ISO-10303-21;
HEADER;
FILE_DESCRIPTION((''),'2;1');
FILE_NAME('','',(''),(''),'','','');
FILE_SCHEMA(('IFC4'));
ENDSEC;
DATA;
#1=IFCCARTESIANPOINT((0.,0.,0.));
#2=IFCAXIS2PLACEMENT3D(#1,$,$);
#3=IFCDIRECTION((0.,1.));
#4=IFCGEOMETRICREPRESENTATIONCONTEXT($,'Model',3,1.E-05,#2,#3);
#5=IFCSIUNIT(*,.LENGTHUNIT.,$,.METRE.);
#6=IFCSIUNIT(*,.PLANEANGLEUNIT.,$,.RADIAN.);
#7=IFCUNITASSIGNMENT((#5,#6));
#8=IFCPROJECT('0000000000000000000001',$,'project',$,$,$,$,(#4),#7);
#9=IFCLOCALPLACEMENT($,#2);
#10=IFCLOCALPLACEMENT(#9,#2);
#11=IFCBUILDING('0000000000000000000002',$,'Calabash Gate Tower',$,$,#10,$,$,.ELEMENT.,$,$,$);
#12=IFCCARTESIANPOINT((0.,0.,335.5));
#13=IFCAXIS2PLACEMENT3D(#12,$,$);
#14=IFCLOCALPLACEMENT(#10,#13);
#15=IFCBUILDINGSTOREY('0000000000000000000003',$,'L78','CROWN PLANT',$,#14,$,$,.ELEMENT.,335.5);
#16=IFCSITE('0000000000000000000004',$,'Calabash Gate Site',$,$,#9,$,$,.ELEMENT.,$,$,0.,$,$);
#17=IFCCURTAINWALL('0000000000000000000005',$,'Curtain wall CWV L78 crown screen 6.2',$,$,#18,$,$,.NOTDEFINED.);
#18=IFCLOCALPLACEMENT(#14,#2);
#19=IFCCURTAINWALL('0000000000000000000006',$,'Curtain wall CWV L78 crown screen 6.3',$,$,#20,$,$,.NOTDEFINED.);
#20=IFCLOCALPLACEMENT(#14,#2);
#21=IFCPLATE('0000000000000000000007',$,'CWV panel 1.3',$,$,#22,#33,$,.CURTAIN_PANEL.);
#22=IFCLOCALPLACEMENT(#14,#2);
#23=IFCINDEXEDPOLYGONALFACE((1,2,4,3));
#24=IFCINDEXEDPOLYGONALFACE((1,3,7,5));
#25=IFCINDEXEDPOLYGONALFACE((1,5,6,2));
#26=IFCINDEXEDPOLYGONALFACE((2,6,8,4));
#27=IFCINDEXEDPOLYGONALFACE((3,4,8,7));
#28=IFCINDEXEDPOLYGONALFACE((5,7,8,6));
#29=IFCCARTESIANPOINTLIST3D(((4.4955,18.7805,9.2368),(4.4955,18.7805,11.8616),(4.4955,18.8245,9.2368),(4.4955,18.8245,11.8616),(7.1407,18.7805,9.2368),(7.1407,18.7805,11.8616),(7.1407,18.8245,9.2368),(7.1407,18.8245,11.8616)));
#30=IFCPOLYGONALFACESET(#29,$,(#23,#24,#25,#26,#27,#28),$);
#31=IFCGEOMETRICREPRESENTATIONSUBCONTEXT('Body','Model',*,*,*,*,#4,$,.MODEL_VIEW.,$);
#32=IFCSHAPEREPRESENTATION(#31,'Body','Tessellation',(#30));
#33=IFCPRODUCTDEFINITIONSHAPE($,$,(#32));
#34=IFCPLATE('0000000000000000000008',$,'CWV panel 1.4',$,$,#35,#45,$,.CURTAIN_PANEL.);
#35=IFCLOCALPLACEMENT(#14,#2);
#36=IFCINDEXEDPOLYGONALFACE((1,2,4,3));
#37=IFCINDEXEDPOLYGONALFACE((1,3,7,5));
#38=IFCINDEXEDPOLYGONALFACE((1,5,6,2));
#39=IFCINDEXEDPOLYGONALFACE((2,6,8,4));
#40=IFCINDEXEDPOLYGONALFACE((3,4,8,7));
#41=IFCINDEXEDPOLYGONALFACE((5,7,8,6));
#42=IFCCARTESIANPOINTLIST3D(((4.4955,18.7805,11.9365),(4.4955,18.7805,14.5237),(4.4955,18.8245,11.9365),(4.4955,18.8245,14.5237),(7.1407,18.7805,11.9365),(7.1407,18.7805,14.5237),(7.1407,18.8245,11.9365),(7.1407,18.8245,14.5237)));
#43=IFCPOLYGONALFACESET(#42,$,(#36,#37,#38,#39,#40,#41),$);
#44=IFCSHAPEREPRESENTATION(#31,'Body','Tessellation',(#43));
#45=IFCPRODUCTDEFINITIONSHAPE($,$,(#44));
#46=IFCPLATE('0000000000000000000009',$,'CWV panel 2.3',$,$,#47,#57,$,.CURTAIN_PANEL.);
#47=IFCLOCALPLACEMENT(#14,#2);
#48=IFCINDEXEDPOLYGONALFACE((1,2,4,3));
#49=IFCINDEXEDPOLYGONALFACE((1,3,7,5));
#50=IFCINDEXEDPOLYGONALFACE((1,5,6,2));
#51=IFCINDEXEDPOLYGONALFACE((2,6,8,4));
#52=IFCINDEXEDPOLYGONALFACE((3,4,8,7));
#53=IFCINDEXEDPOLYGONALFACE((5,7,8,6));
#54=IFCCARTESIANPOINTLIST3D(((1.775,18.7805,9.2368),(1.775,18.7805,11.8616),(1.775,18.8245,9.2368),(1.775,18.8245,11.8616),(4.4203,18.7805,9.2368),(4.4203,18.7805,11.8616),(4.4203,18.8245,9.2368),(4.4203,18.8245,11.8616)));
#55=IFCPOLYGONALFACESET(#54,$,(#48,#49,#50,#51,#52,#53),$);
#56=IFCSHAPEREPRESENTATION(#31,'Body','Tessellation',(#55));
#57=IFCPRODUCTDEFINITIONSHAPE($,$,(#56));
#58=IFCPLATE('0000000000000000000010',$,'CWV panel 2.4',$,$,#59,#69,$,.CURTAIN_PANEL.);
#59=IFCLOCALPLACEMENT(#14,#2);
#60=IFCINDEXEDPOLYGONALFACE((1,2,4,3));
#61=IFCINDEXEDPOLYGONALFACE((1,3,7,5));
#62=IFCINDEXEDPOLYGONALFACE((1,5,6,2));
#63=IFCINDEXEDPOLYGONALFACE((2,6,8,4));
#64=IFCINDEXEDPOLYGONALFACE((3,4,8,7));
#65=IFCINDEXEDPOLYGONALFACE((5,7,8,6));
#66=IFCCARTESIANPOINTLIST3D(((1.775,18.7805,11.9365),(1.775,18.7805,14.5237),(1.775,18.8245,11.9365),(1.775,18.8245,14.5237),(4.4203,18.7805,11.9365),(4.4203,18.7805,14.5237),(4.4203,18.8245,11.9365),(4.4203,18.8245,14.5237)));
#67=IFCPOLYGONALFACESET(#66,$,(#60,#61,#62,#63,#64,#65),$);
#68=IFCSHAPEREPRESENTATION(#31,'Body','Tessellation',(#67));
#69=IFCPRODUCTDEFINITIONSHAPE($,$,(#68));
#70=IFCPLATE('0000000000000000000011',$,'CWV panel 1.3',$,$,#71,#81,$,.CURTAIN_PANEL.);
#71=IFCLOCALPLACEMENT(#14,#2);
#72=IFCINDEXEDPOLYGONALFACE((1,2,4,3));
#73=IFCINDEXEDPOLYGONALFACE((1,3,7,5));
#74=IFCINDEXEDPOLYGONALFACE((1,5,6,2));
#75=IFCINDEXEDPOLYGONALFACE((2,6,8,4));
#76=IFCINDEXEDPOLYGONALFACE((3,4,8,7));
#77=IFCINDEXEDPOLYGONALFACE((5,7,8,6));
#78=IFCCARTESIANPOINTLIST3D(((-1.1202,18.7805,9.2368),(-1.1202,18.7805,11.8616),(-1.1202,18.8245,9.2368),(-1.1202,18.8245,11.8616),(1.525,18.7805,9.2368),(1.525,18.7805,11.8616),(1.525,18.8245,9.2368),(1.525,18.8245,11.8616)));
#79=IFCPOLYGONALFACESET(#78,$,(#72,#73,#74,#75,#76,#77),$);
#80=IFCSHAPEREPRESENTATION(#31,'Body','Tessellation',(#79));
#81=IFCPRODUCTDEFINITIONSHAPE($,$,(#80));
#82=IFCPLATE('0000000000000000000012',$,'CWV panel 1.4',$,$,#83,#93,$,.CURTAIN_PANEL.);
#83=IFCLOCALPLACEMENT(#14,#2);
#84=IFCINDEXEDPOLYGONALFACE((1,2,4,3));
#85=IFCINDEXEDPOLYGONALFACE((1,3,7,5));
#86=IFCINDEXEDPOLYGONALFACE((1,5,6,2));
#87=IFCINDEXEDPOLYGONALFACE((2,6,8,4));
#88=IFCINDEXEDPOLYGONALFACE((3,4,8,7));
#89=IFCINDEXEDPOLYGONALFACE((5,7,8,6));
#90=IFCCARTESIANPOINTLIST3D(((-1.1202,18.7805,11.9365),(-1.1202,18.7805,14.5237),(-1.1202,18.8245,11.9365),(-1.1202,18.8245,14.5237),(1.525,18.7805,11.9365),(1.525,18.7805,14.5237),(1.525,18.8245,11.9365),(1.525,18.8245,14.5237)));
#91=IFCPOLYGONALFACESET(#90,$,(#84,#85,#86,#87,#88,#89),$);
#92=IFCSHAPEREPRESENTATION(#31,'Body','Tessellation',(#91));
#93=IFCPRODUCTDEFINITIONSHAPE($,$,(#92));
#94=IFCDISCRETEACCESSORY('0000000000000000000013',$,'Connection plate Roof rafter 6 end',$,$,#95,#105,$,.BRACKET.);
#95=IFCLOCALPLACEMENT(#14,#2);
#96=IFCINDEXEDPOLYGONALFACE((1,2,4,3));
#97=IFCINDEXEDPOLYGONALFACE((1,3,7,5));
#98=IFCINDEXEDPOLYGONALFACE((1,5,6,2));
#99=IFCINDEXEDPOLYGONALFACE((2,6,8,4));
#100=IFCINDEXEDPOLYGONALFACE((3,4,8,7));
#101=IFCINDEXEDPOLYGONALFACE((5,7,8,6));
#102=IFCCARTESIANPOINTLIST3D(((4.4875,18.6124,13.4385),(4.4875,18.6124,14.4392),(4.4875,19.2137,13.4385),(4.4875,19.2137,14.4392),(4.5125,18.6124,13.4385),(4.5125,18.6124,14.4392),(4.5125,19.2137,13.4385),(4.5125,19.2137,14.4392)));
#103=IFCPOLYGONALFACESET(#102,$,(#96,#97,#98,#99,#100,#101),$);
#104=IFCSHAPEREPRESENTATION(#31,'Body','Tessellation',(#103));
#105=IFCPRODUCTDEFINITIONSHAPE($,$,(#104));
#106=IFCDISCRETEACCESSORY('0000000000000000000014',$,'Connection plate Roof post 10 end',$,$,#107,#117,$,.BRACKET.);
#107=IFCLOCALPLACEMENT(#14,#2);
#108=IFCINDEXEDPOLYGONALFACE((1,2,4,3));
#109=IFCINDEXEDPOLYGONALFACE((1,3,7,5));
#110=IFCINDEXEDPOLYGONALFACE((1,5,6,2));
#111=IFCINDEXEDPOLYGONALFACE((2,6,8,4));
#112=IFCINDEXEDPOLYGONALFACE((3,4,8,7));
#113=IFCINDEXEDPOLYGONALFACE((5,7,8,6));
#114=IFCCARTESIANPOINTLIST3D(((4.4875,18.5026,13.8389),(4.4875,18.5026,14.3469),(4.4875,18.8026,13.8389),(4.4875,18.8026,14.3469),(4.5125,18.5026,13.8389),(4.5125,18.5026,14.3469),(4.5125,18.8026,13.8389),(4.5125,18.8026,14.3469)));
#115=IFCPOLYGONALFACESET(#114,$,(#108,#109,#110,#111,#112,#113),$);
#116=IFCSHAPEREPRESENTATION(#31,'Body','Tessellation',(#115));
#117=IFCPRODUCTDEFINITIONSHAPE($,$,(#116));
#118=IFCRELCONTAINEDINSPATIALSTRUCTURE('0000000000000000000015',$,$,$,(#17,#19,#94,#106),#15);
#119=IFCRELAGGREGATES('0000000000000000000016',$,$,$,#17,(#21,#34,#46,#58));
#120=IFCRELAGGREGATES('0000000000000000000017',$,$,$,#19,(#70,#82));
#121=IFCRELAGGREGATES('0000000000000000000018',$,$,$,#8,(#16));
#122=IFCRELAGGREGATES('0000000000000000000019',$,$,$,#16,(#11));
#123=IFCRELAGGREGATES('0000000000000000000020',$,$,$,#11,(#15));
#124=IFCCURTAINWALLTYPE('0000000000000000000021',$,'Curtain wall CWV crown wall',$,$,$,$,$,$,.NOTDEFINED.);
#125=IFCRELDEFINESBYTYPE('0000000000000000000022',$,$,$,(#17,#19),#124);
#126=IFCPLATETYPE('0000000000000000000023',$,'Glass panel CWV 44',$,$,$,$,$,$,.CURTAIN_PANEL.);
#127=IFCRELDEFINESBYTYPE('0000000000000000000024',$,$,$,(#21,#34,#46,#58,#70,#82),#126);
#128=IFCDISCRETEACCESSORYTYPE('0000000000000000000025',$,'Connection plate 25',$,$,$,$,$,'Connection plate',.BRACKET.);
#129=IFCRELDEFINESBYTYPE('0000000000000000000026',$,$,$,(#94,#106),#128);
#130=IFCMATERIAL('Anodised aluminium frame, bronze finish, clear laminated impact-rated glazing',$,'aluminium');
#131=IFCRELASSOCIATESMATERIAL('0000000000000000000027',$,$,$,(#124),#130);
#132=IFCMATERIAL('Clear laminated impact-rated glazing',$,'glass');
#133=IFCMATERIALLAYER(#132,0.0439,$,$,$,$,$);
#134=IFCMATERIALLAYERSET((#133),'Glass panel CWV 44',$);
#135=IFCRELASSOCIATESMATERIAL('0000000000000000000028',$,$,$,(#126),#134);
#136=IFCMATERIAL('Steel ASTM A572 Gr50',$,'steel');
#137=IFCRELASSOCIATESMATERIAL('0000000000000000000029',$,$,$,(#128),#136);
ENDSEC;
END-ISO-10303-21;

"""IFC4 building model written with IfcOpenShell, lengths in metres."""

from ifc_helpers import new_model, si_unit, direction, frame, origin, origin_2d, place, context, subcontext, project, spatial, rectangle, extrude, material, layer, layer_set, type_object, element, aggregate, save


model = new_model("IFC4")

# Units and contexts
model_context = context("Model", 3, precision=1e-05, world=origin(), true_north=direction((0.0, 1.0)))
body_context = subcontext(model_context, "Body", "Model", "MODEL_VIEW")
ifc_project = project(units=[si_unit("LENGTHUNIT", "METRE"), si_unit("PLANEANGLEUNIT", "RADIAN")], contexts=[model_context])

# Site, building, storey
site_placement = place(None, origin())
site = spatial("IfcSite", under=ifc_project, at=site_placement, Name="Calabash Gate Site", CompositionType="ELEMENT", RefElevation=0.0)
building_placement = place(site_placement, origin())
building = spatial("IfcBuilding", under=site, at=building_placement, Name="Calabash Gate Tower", CompositionType="ELEMENT")
storey_placement = place(building_placement, frame((0.0, 0.0, 335.5)))
storey = spatial("IfcBuildingStorey", under=building, at=storey_placement, Name="L78", Description="CROWN PLANT", CompositionType="ELEMENT", Elevation=335.5)

# Curtain walls
ifc_material_1 = material(Name="Anodised aluminium frame, bronze finish, clear laminated impact-rated glazing", Category="aluminium")
curtain_wall_type_1 = type_object("IfcCurtainWallType", Name="Curtain wall CWV crown wall", PredefinedType="NOTDEFINED", material=ifc_material_1)
curtain_wall_1_placement = place(storey_placement, origin())
curtain_wall_1 = element("IfcCurtainWall", 1, at=curtain_wall_1_placement, inside=storey, type_object=curtain_wall_type_1, Name="Curtain wall CWV L78 crown screen 6.2", PredefinedType="NOTDEFINED")
curtain_wall_2_placement = place(storey_placement, origin())
curtain_wall_2 = element("IfcCurtainWall", 2, at=curtain_wall_2_placement, inside=storey, type_object=curtain_wall_type_1, Name="Curtain wall CWV L78 crown screen 6.3", PredefinedType="NOTDEFINED")

# Plates
ifc_material_2 = material(Name="Clear laminated impact-rated glazing", Category="glass")
ifc_layer_1 = layer(ifc_material_2, 0.0439)
ifc_layer_set_1 = layer_set([ifc_layer_1], Name="Glass panel CWV 44")
plate_type_1 = type_object("IfcPlateType", Name="Glass panel CWV 44", PredefinedType="CURTAIN_PANEL", material=ifc_layer_set_1)
plate_1_placement = place(storey_placement, frame((5.8181, 18.8025, 9.2368), z_axis=(0.0, 0.0, 1.0), x_axis=(-1.0, 0.0, 0.0)))
plate_1 = element("IfcPlate", 3, at=plate_1_placement, type_object=plate_type_1, Name="CWV panel 1.3", PredefinedType="CURTAIN_PANEL", context=body_context, shape_type="SweptSolid", body=[
    extrude(rectangle(XDim=2.6453, YDim=0.0439, at=origin_2d()), origin(), (0.0, 0.0, 1.0), 2.6248),
])
plate_2_placement = place(storey_placement, frame((5.8181, 18.8025, 11.9365), z_axis=(0.0, 0.0, 1.0), x_axis=(-1.0, 0.0, 0.0)))
plate_2 = element("IfcPlate", 4, at=plate_2_placement, type_object=plate_type_1, Name="CWV panel 1.4", PredefinedType="CURTAIN_PANEL", context=body_context, shape_type="SweptSolid", body=[
    extrude(rectangle(XDim=2.6453, YDim=0.0439, at=origin_2d()), origin(), (0.0, 0.0, 1.0), 2.5872),
])
plate_3_placement = place(storey_placement, frame((3.0977, 18.8025, 9.2368), z_axis=(0.0, 0.0, 1.0), x_axis=(-1.0, 0.0, 0.0)))
plate_3 = element("IfcPlate", 5, at=plate_3_placement, type_object=plate_type_1, Name="CWV panel 2.3", PredefinedType="CURTAIN_PANEL", context=body_context, shape_type="SweptSolid", body=[
    extrude(rectangle(XDim=2.6453, YDim=0.0439, at=origin_2d()), origin(), (0.0, 0.0, 1.0), 2.6248),
])
plate_4_placement = place(storey_placement, frame((3.0977, 18.8025, 11.9365), z_axis=(0.0, 0.0, 1.0), x_axis=(-1.0, 0.0, 0.0)))
plate_4 = element("IfcPlate", 6, at=plate_4_placement, type_object=plate_type_1, Name="CWV panel 2.4", PredefinedType="CURTAIN_PANEL", context=body_context, shape_type="SweptSolid", body=[
    extrude(rectangle(XDim=2.6453, YDim=0.0439, at=origin_2d()), origin(), (0.0, 0.0, 1.0), 2.5872),
])
aggregate(curtain_wall_1, [plate_1, plate_2, plate_3, plate_4])
plate_5_placement = place(storey_placement, frame((0.2024, 18.8025, 9.2368), z_axis=(0.0, 0.0, 1.0), x_axis=(-1.0, 0.0, 0.0)))
plate_5 = element("IfcPlate", 7, at=plate_5_placement, type_object=plate_type_1, Name="CWV panel 1.3", PredefinedType="CURTAIN_PANEL", context=body_context, shape_type="SweptSolid", body=[
    extrude(rectangle(XDim=2.6453, YDim=0.0439, at=origin_2d()), origin(), (0.0, 0.0, 1.0), 2.6248),
])
plate_6_placement = place(storey_placement, frame((0.2024, 18.8025, 11.9365), z_axis=(0.0, 0.0, 1.0), x_axis=(-1.0, 0.0, 0.0)))
plate_6 = element("IfcPlate", 8, at=plate_6_placement, type_object=plate_type_1, Name="CWV panel 1.4", PredefinedType="CURTAIN_PANEL", context=body_context, shape_type="SweptSolid", body=[
    extrude(rectangle(XDim=2.6453, YDim=0.0439, at=origin_2d()), origin(), (0.0, 0.0, 1.0), 2.5872),
])
aggregate(curtain_wall_2, [plate_5, plate_6])

# Discrete accessories
ifc_material_3 = material(Name="Steel ASTM A572 Gr50", Category="steel")
discrete_accessory_type = type_object("IfcDiscreteAccessoryType", Name="Connection plate 25", ElementType="Connection plate", PredefinedType="BRACKET", material=ifc_material_3)
discrete_accessory_1_placement = place(storey_placement, frame((4.5, 18.9131, 13.4385), z_axis=(0.0, 0.0, 1.0), x_axis=(0.0, 1.0, 0.0)))
element("IfcDiscreteAccessory", 9, at=discrete_accessory_1_placement, inside=storey, type_object=discrete_accessory_type, Name="Connection plate Roof rafter 6 end", PredefinedType="BRACKET", context=body_context, shape_type="SweptSolid", body=[
    extrude(rectangle(XDim=0.6013, YDim=0.0249, at=origin_2d()), origin(), (0.0, 0.0, 1.0), 1.0007),
])
discrete_accessory_2_placement = place(storey_placement, frame((4.5, 18.6526, 13.8389), z_axis=(0.0, 0.0, 1.0), x_axis=(0.0, 1.0, 0.0)))
element("IfcDiscreteAccessory", 10, at=discrete_accessory_2_placement, inside=storey, type_object=discrete_accessory_type, Name="Connection plate Roof post 10 end", PredefinedType="BRACKET", context=body_context, shape_type="SweptSolid", body=[
    extrude(rectangle(XDim=0.3, YDim=0.0249, at=origin_2d()), origin(), (0.0, 0.0, 1.0), 0.5081),
])

save(model, "model.ifc")
